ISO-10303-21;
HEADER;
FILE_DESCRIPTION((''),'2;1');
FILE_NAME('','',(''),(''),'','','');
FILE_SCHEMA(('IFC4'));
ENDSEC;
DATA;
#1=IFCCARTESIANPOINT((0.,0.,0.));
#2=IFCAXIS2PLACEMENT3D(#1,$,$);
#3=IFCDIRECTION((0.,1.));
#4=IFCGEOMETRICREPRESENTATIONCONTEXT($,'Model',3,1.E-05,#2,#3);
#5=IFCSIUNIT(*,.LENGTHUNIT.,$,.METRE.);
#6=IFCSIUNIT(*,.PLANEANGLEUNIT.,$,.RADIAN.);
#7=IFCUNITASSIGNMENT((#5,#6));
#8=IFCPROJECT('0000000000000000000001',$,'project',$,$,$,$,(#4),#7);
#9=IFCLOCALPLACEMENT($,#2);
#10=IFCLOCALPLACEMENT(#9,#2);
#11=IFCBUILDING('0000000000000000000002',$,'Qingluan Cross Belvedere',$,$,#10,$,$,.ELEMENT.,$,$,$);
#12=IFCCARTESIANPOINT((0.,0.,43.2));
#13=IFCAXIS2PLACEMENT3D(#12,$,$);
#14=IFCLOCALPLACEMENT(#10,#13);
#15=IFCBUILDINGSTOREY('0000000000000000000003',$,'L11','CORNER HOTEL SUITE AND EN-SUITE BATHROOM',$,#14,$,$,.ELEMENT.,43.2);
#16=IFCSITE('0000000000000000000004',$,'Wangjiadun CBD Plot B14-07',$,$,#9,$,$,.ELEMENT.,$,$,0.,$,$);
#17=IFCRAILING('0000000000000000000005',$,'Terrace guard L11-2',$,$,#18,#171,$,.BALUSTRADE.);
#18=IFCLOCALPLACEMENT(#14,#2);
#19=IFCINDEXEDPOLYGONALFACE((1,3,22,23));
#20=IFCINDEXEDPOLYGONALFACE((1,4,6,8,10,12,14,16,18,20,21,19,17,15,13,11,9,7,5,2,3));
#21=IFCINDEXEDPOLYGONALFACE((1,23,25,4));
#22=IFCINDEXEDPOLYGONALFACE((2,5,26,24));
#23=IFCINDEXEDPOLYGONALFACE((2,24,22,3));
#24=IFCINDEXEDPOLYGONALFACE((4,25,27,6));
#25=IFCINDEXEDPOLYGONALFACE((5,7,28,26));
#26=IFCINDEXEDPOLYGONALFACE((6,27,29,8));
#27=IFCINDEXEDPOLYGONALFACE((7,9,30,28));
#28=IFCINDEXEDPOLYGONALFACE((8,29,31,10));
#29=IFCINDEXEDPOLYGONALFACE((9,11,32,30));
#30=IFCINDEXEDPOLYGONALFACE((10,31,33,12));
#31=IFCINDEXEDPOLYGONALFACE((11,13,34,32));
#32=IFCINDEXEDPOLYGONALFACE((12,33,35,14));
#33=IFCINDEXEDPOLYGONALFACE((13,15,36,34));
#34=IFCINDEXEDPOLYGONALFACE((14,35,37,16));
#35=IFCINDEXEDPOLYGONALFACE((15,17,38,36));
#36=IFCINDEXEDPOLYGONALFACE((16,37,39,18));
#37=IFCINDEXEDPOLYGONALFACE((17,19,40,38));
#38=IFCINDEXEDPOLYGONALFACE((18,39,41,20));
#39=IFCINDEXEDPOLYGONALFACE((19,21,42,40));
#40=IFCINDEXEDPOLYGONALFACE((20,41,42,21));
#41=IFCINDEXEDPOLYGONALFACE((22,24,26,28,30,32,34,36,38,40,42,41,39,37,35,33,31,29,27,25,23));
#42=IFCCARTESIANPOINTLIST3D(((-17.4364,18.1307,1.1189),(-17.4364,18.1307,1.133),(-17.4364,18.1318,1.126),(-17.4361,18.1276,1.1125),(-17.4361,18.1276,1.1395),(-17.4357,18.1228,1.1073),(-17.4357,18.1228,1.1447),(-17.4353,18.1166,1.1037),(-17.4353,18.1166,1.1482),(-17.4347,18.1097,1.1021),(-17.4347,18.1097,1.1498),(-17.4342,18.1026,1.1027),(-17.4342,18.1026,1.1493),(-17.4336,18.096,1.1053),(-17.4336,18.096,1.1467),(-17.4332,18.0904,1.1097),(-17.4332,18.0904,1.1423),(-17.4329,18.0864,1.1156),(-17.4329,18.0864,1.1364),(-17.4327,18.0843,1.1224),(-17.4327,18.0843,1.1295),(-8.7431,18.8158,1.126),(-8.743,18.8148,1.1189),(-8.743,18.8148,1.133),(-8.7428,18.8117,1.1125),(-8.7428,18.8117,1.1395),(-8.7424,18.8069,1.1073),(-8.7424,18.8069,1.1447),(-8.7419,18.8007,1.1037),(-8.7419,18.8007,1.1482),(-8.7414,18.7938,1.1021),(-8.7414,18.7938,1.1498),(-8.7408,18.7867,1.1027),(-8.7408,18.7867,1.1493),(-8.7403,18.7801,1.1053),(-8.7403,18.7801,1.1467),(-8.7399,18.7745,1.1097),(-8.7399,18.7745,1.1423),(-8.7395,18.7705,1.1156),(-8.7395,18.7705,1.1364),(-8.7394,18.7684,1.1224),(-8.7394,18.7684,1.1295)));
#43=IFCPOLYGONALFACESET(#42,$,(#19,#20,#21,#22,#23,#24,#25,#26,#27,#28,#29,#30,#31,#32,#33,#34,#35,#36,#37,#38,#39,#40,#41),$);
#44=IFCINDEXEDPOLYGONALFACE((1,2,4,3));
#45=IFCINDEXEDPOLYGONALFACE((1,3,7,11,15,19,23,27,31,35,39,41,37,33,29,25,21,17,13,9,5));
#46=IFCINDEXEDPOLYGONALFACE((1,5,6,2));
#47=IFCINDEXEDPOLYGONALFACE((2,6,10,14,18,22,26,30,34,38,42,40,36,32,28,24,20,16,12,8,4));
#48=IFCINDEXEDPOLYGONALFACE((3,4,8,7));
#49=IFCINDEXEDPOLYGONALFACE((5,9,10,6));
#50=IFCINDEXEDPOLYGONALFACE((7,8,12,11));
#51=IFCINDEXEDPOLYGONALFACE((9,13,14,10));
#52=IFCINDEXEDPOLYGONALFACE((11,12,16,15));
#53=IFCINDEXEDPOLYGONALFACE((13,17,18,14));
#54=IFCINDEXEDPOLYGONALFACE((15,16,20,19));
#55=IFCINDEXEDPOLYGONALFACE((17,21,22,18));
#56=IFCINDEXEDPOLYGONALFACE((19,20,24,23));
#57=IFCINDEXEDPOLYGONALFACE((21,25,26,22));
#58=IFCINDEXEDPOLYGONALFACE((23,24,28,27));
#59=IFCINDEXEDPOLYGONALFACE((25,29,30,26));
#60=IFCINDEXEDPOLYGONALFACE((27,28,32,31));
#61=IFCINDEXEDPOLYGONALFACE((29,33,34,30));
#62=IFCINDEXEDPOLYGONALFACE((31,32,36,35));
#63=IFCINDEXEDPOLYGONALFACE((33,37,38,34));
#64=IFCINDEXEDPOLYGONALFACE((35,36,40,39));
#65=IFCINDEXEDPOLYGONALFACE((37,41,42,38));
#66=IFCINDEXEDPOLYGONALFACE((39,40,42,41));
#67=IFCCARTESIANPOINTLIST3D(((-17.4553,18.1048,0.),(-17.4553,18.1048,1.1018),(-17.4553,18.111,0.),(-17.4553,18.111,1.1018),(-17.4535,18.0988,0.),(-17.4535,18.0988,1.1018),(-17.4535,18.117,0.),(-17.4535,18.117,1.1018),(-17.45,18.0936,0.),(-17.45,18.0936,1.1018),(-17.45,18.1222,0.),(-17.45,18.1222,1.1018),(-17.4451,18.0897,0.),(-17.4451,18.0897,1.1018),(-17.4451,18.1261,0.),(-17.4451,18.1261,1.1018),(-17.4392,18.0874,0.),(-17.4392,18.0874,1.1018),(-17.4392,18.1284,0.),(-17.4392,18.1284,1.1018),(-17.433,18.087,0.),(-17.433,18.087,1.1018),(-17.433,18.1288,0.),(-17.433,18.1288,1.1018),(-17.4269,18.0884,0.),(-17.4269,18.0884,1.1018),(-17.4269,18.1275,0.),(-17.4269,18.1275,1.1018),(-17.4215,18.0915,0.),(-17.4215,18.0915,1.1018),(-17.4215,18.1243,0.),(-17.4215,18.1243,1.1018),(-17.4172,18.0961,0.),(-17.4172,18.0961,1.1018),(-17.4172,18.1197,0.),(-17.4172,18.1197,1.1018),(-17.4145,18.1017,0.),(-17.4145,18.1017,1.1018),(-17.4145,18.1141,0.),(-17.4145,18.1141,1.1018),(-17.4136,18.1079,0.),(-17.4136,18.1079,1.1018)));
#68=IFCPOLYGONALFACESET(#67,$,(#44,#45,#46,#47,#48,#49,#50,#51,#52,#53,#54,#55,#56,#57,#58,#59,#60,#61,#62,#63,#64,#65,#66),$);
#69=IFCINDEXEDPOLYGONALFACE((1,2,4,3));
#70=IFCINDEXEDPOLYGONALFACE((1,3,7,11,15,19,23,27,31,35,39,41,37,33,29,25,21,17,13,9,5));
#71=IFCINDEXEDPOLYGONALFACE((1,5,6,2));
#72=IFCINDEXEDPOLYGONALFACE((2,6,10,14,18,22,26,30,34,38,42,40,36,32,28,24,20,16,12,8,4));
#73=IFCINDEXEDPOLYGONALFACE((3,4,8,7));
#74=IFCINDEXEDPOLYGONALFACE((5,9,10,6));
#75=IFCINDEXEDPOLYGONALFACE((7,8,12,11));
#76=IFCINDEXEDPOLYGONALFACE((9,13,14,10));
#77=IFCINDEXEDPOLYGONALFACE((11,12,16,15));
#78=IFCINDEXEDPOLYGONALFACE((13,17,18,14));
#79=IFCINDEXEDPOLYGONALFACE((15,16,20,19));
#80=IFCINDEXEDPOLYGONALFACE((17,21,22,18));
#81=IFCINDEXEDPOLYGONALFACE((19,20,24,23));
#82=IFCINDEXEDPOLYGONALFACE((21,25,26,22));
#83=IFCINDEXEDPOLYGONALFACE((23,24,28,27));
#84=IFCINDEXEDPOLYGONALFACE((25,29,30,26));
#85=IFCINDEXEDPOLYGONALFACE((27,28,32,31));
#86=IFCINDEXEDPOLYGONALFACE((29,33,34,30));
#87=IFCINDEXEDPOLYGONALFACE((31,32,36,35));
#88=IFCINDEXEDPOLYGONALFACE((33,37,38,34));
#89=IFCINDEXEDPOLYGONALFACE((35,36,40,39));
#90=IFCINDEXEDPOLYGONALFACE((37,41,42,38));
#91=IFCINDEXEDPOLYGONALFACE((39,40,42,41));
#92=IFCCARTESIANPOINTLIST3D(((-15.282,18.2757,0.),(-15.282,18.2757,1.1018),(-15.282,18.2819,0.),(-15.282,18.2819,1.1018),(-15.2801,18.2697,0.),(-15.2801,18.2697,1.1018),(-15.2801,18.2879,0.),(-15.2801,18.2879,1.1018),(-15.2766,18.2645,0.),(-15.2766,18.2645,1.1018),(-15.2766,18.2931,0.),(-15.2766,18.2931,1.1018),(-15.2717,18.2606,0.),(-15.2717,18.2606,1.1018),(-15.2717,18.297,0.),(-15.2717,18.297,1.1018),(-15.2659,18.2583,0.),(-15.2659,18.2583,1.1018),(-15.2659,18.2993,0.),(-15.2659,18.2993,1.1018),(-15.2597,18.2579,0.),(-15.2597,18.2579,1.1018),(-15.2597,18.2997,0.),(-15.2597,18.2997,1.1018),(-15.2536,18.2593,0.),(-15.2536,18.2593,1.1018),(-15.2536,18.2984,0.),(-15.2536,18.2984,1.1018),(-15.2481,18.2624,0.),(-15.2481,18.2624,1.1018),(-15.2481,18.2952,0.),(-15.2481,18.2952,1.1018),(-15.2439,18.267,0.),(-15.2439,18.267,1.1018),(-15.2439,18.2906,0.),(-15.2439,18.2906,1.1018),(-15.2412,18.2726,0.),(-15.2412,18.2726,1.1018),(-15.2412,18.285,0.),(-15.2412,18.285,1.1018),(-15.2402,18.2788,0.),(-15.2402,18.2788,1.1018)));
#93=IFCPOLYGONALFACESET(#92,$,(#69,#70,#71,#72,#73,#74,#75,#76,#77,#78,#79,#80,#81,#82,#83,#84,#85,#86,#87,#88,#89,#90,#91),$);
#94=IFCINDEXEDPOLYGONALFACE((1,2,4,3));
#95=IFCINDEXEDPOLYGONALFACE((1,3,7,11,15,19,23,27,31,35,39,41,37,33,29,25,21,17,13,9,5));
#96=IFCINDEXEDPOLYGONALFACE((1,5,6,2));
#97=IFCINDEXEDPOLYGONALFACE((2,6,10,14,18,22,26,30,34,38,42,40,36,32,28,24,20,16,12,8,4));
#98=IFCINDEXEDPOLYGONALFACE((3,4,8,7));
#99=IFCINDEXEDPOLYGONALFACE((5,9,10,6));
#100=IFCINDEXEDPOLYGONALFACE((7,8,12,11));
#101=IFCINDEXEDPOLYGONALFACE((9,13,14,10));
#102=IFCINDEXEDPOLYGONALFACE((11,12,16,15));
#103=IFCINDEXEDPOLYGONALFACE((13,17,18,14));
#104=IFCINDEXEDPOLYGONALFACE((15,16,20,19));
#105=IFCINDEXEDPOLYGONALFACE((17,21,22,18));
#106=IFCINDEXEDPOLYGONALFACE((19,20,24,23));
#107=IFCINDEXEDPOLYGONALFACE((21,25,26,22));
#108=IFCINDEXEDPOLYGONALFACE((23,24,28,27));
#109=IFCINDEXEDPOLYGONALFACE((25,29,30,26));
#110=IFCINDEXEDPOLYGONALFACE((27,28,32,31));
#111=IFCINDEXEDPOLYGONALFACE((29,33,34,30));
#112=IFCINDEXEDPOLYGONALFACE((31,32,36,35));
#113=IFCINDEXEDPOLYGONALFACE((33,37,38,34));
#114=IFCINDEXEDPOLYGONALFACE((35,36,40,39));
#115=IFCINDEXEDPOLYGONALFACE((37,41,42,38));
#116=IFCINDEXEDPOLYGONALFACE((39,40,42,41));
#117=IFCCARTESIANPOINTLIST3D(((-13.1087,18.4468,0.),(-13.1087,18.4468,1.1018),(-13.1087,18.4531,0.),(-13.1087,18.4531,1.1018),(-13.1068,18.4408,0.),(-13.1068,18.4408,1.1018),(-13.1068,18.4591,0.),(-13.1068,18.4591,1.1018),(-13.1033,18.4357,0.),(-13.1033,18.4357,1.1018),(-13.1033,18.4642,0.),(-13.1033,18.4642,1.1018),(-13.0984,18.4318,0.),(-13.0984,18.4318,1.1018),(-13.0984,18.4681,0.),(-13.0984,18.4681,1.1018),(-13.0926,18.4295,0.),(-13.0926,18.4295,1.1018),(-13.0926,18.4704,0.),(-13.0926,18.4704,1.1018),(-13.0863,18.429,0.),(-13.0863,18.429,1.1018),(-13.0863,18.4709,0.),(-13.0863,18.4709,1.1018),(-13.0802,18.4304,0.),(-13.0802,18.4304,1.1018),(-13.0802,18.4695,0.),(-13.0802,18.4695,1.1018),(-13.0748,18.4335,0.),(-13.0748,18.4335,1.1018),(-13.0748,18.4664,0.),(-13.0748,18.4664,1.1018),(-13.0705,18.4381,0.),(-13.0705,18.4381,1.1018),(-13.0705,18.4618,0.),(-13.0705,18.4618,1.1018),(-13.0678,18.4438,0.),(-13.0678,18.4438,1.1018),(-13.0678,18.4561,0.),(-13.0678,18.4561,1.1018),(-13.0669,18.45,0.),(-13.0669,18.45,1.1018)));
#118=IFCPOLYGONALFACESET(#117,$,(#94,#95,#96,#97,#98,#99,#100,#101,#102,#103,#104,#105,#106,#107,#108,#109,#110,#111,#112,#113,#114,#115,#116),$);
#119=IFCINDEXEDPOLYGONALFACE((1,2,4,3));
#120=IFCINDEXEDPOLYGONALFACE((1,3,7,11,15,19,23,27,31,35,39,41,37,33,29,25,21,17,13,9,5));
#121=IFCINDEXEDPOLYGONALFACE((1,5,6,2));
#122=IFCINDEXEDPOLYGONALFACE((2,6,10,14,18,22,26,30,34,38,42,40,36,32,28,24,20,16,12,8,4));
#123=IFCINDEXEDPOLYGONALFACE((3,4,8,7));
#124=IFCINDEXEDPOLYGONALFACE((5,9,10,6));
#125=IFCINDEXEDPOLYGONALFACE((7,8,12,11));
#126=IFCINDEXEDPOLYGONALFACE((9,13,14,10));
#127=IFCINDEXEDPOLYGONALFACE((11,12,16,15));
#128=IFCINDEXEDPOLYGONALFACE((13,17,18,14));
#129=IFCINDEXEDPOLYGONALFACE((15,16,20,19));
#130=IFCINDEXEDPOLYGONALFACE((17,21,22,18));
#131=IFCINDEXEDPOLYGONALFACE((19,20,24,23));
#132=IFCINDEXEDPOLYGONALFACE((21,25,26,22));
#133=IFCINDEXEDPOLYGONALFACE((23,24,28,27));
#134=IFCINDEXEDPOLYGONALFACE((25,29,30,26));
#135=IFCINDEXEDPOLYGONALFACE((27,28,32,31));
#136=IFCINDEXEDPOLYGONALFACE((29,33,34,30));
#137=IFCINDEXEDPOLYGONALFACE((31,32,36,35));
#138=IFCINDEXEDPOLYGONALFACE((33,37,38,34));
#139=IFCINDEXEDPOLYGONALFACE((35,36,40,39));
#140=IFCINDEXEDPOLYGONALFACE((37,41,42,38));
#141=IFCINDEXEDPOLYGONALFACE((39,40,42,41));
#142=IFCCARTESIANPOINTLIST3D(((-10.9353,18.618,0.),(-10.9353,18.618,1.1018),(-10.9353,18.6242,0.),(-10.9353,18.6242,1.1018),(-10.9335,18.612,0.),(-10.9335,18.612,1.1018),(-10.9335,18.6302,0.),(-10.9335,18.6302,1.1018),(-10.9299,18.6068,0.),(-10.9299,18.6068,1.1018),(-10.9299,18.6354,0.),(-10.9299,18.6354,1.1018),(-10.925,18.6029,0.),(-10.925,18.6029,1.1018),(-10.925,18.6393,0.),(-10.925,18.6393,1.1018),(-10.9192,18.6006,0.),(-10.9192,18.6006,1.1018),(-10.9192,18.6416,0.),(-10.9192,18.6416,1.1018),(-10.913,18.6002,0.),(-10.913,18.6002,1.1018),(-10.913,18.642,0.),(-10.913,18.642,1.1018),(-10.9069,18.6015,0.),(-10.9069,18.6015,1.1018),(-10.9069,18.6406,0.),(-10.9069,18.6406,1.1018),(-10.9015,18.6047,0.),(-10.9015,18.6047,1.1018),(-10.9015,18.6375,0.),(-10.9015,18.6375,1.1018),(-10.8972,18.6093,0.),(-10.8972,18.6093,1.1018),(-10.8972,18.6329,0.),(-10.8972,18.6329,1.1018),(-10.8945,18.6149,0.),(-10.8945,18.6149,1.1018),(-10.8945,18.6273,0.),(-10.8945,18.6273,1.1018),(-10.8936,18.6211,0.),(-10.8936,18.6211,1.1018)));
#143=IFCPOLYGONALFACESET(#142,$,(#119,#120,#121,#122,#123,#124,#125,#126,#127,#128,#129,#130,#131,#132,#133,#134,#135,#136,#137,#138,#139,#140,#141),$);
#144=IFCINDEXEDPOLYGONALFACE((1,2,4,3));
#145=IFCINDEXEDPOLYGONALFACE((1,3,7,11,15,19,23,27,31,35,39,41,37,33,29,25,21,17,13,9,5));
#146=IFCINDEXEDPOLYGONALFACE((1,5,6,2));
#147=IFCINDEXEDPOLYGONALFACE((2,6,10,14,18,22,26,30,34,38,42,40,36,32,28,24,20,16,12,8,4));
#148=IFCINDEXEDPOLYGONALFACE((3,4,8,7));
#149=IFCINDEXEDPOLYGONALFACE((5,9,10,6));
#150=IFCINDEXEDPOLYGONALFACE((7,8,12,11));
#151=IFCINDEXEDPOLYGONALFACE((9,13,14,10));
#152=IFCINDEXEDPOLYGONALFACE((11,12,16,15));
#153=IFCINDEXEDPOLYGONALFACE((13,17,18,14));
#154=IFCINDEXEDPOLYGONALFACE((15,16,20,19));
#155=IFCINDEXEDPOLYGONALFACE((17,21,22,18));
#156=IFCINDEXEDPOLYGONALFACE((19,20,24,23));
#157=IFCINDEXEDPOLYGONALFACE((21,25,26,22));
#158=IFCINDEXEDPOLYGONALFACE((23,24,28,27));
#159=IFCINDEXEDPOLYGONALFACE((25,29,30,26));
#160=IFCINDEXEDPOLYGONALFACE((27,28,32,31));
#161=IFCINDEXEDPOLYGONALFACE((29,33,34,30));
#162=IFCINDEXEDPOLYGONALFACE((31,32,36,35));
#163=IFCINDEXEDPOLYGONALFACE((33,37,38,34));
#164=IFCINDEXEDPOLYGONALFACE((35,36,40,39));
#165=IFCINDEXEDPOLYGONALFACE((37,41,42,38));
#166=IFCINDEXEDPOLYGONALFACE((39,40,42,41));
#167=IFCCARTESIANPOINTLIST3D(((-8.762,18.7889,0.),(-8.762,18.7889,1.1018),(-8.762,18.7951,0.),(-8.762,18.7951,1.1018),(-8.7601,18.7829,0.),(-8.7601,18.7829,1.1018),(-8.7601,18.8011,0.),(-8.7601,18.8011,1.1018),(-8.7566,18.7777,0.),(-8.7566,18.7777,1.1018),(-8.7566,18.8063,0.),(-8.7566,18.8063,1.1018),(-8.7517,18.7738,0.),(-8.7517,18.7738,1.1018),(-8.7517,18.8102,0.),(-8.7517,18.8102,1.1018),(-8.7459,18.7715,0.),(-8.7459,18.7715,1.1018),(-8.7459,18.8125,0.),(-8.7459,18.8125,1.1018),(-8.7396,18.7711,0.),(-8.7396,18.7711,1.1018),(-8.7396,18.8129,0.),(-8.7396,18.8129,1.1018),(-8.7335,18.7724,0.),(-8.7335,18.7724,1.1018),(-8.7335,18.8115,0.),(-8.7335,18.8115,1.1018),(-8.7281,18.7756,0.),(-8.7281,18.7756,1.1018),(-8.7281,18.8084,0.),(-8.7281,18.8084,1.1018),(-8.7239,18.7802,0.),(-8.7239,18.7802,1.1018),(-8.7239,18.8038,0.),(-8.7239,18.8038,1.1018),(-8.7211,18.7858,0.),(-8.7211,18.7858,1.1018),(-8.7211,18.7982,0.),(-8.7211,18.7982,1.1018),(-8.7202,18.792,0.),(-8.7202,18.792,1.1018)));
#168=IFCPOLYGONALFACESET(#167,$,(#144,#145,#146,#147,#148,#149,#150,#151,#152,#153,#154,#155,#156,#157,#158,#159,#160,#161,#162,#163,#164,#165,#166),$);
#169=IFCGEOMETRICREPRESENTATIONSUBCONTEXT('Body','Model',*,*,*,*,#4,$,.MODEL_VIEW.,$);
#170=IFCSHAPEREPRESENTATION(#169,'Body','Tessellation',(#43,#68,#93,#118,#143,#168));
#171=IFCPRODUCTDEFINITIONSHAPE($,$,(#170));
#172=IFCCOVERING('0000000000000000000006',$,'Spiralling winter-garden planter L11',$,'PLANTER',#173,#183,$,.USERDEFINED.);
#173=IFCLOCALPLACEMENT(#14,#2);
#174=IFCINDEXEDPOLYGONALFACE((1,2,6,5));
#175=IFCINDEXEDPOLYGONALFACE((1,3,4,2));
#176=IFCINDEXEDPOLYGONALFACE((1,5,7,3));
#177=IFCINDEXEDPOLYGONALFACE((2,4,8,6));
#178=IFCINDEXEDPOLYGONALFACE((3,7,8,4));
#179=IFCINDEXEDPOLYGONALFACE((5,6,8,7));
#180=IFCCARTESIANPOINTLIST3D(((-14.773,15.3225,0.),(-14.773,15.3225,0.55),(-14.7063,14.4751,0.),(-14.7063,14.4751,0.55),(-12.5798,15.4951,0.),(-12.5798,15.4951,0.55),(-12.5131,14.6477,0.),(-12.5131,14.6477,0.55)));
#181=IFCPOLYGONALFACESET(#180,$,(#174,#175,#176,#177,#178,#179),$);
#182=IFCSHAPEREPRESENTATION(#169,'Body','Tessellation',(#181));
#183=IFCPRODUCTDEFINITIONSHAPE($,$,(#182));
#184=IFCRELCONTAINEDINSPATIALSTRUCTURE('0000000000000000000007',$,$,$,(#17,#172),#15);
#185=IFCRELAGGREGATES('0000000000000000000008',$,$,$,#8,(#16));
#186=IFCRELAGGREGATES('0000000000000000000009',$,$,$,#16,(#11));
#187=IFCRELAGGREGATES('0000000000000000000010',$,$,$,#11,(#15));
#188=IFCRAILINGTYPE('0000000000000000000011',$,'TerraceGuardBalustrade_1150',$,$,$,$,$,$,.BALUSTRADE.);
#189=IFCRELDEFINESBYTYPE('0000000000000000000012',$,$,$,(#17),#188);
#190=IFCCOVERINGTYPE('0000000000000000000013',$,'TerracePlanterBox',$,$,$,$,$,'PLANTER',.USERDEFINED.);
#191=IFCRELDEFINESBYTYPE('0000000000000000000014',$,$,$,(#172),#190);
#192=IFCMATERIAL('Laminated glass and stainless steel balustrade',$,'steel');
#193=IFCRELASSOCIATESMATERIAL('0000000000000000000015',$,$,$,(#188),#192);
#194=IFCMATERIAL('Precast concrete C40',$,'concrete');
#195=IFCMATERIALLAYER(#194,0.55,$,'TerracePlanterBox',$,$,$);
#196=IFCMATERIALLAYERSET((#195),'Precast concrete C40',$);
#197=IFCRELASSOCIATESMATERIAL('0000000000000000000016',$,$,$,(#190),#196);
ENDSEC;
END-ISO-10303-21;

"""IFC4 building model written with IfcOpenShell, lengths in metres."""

from ifc_helpers import new_model, si_unit, direction, frame, origin, origin_2d, place, context, subcontext, project, spatial, rectangle, circle, extrude, material, layer, layer_set, type_object, element, save


model = new_model("IFC4")

# Units and contexts
model_context = context("Model", 3, precision=1e-05, world=origin(), true_north=direction((0.0, 1.0)))
body_context = subcontext(model_context, "Body", "Model", "MODEL_VIEW")
ifc_project = project(units=[si_unit("LENGTHUNIT", "METRE"), si_unit("PLANEANGLEUNIT", "RADIAN")], contexts=[model_context])

# Site, building, storey
site_placement = place(None, origin())
site = spatial("IfcSite", under=ifc_project, at=site_placement, Name="Wangjiadun CBD Plot B14-07", CompositionType="ELEMENT", RefElevation=0.0)
building_placement = place(site_placement, origin())
building = spatial("IfcBuilding", under=site, at=building_placement, Name="Qingluan Cross Belvedere", CompositionType="ELEMENT")
storey_placement = place(building_placement, frame((0.0, 0.0, 43.2)))
storey = spatial("IfcBuildingStorey", under=building, at=storey_placement, Name="L11", Description="CORNER HOTEL SUITE AND EN-SUITE BATHROOM", CompositionType="ELEMENT", Elevation=43.2)

# Railing
ifc_material_1 = material(Name="Laminated glass and stainless steel balustrade", Category="steel")
railing_type = type_object("IfcRailingType", Name="TerraceGuardBalustrade_1150", PredefinedType="BALUSTRADE", material=ifc_material_1)
railing_placement = place(storey_placement, frame((-17.4346, 18.1079, 0.0)))
element("IfcRailing", 1, at=railing_placement, inside=storey, type_object=railing_type, Name="Terrace guard L11-2", PredefinedType="BALUSTRADE", context=body_context, shape_type="SweptSolid", body=[
    extrude(circle(Radius=0.0239, at=origin_2d()), frame((0.0, 0.0, 1.126), z_axis=(0.996918, 0.078448, 0.0), x_axis=(-0.078448, 0.996918, 0.0)), (0.0, 0.0, 1.0), 8.7202),
    extrude(circle(Radius=0.021, at=origin_2d()), origin(), (0.0, 0.0, 1.0), 1.1018),
    extrude(circle(Radius=0.021, at=origin_2d()), frame((2.1733, 0.1709, 0.0)), (0.0, 0.0, 1.0), 1.1018),
    extrude(circle(Radius=0.021, at=origin_2d()), frame((4.3467, 0.342, 0.0)), (0.0, 0.0, 1.0), 1.1018),
    extrude(circle(Radius=0.021, at=origin_2d()), frame((6.52, 0.5132, 0.0)), (0.0, 0.0, 1.0), 1.1018),
    extrude(circle(Radius=0.021, at=origin_2d()), frame((8.6934, 0.6841, 0.0)), (0.0, 0.0, 1.0), 1.1018),
])

# Covering
ifc_material_2 = material(Name="Precast concrete C40", Category="concrete")
ifc_layer_1 = layer(ifc_material_2, 0.55, Name="TerracePlanterBox")
ifc_layer_set_1 = layer_set([ifc_layer_1], Name="Precast concrete C40")
covering_type_1 = type_object("IfcCoveringType", Name="TerracePlanterBox", ElementType="PLANTER", PredefinedType="USERDEFINED", material=ifc_layer_set_1)
covering_1_placement = place(storey_placement, frame((-13.6431, 14.9851, 0.0), z_axis=(0.0, 0.0, 1.0), x_axis=(0.996917, 0.078459, 0.0)))
element("IfcCovering", 2, at=covering_1_placement, inside=storey, type_object=covering_type_1, Name="Spiralling winter-garden planter L11", ObjectType="PLANTER", PredefinedType="USERDEFINED", context=body_context, shape_type="SweptSolid", body=[
    extrude(rectangle(XDim=2.2, YDim=0.8501, at=origin_2d()), origin(), (0.0, 0.0, 1.0), 0.55),
])

save(model, "model.ifc")
